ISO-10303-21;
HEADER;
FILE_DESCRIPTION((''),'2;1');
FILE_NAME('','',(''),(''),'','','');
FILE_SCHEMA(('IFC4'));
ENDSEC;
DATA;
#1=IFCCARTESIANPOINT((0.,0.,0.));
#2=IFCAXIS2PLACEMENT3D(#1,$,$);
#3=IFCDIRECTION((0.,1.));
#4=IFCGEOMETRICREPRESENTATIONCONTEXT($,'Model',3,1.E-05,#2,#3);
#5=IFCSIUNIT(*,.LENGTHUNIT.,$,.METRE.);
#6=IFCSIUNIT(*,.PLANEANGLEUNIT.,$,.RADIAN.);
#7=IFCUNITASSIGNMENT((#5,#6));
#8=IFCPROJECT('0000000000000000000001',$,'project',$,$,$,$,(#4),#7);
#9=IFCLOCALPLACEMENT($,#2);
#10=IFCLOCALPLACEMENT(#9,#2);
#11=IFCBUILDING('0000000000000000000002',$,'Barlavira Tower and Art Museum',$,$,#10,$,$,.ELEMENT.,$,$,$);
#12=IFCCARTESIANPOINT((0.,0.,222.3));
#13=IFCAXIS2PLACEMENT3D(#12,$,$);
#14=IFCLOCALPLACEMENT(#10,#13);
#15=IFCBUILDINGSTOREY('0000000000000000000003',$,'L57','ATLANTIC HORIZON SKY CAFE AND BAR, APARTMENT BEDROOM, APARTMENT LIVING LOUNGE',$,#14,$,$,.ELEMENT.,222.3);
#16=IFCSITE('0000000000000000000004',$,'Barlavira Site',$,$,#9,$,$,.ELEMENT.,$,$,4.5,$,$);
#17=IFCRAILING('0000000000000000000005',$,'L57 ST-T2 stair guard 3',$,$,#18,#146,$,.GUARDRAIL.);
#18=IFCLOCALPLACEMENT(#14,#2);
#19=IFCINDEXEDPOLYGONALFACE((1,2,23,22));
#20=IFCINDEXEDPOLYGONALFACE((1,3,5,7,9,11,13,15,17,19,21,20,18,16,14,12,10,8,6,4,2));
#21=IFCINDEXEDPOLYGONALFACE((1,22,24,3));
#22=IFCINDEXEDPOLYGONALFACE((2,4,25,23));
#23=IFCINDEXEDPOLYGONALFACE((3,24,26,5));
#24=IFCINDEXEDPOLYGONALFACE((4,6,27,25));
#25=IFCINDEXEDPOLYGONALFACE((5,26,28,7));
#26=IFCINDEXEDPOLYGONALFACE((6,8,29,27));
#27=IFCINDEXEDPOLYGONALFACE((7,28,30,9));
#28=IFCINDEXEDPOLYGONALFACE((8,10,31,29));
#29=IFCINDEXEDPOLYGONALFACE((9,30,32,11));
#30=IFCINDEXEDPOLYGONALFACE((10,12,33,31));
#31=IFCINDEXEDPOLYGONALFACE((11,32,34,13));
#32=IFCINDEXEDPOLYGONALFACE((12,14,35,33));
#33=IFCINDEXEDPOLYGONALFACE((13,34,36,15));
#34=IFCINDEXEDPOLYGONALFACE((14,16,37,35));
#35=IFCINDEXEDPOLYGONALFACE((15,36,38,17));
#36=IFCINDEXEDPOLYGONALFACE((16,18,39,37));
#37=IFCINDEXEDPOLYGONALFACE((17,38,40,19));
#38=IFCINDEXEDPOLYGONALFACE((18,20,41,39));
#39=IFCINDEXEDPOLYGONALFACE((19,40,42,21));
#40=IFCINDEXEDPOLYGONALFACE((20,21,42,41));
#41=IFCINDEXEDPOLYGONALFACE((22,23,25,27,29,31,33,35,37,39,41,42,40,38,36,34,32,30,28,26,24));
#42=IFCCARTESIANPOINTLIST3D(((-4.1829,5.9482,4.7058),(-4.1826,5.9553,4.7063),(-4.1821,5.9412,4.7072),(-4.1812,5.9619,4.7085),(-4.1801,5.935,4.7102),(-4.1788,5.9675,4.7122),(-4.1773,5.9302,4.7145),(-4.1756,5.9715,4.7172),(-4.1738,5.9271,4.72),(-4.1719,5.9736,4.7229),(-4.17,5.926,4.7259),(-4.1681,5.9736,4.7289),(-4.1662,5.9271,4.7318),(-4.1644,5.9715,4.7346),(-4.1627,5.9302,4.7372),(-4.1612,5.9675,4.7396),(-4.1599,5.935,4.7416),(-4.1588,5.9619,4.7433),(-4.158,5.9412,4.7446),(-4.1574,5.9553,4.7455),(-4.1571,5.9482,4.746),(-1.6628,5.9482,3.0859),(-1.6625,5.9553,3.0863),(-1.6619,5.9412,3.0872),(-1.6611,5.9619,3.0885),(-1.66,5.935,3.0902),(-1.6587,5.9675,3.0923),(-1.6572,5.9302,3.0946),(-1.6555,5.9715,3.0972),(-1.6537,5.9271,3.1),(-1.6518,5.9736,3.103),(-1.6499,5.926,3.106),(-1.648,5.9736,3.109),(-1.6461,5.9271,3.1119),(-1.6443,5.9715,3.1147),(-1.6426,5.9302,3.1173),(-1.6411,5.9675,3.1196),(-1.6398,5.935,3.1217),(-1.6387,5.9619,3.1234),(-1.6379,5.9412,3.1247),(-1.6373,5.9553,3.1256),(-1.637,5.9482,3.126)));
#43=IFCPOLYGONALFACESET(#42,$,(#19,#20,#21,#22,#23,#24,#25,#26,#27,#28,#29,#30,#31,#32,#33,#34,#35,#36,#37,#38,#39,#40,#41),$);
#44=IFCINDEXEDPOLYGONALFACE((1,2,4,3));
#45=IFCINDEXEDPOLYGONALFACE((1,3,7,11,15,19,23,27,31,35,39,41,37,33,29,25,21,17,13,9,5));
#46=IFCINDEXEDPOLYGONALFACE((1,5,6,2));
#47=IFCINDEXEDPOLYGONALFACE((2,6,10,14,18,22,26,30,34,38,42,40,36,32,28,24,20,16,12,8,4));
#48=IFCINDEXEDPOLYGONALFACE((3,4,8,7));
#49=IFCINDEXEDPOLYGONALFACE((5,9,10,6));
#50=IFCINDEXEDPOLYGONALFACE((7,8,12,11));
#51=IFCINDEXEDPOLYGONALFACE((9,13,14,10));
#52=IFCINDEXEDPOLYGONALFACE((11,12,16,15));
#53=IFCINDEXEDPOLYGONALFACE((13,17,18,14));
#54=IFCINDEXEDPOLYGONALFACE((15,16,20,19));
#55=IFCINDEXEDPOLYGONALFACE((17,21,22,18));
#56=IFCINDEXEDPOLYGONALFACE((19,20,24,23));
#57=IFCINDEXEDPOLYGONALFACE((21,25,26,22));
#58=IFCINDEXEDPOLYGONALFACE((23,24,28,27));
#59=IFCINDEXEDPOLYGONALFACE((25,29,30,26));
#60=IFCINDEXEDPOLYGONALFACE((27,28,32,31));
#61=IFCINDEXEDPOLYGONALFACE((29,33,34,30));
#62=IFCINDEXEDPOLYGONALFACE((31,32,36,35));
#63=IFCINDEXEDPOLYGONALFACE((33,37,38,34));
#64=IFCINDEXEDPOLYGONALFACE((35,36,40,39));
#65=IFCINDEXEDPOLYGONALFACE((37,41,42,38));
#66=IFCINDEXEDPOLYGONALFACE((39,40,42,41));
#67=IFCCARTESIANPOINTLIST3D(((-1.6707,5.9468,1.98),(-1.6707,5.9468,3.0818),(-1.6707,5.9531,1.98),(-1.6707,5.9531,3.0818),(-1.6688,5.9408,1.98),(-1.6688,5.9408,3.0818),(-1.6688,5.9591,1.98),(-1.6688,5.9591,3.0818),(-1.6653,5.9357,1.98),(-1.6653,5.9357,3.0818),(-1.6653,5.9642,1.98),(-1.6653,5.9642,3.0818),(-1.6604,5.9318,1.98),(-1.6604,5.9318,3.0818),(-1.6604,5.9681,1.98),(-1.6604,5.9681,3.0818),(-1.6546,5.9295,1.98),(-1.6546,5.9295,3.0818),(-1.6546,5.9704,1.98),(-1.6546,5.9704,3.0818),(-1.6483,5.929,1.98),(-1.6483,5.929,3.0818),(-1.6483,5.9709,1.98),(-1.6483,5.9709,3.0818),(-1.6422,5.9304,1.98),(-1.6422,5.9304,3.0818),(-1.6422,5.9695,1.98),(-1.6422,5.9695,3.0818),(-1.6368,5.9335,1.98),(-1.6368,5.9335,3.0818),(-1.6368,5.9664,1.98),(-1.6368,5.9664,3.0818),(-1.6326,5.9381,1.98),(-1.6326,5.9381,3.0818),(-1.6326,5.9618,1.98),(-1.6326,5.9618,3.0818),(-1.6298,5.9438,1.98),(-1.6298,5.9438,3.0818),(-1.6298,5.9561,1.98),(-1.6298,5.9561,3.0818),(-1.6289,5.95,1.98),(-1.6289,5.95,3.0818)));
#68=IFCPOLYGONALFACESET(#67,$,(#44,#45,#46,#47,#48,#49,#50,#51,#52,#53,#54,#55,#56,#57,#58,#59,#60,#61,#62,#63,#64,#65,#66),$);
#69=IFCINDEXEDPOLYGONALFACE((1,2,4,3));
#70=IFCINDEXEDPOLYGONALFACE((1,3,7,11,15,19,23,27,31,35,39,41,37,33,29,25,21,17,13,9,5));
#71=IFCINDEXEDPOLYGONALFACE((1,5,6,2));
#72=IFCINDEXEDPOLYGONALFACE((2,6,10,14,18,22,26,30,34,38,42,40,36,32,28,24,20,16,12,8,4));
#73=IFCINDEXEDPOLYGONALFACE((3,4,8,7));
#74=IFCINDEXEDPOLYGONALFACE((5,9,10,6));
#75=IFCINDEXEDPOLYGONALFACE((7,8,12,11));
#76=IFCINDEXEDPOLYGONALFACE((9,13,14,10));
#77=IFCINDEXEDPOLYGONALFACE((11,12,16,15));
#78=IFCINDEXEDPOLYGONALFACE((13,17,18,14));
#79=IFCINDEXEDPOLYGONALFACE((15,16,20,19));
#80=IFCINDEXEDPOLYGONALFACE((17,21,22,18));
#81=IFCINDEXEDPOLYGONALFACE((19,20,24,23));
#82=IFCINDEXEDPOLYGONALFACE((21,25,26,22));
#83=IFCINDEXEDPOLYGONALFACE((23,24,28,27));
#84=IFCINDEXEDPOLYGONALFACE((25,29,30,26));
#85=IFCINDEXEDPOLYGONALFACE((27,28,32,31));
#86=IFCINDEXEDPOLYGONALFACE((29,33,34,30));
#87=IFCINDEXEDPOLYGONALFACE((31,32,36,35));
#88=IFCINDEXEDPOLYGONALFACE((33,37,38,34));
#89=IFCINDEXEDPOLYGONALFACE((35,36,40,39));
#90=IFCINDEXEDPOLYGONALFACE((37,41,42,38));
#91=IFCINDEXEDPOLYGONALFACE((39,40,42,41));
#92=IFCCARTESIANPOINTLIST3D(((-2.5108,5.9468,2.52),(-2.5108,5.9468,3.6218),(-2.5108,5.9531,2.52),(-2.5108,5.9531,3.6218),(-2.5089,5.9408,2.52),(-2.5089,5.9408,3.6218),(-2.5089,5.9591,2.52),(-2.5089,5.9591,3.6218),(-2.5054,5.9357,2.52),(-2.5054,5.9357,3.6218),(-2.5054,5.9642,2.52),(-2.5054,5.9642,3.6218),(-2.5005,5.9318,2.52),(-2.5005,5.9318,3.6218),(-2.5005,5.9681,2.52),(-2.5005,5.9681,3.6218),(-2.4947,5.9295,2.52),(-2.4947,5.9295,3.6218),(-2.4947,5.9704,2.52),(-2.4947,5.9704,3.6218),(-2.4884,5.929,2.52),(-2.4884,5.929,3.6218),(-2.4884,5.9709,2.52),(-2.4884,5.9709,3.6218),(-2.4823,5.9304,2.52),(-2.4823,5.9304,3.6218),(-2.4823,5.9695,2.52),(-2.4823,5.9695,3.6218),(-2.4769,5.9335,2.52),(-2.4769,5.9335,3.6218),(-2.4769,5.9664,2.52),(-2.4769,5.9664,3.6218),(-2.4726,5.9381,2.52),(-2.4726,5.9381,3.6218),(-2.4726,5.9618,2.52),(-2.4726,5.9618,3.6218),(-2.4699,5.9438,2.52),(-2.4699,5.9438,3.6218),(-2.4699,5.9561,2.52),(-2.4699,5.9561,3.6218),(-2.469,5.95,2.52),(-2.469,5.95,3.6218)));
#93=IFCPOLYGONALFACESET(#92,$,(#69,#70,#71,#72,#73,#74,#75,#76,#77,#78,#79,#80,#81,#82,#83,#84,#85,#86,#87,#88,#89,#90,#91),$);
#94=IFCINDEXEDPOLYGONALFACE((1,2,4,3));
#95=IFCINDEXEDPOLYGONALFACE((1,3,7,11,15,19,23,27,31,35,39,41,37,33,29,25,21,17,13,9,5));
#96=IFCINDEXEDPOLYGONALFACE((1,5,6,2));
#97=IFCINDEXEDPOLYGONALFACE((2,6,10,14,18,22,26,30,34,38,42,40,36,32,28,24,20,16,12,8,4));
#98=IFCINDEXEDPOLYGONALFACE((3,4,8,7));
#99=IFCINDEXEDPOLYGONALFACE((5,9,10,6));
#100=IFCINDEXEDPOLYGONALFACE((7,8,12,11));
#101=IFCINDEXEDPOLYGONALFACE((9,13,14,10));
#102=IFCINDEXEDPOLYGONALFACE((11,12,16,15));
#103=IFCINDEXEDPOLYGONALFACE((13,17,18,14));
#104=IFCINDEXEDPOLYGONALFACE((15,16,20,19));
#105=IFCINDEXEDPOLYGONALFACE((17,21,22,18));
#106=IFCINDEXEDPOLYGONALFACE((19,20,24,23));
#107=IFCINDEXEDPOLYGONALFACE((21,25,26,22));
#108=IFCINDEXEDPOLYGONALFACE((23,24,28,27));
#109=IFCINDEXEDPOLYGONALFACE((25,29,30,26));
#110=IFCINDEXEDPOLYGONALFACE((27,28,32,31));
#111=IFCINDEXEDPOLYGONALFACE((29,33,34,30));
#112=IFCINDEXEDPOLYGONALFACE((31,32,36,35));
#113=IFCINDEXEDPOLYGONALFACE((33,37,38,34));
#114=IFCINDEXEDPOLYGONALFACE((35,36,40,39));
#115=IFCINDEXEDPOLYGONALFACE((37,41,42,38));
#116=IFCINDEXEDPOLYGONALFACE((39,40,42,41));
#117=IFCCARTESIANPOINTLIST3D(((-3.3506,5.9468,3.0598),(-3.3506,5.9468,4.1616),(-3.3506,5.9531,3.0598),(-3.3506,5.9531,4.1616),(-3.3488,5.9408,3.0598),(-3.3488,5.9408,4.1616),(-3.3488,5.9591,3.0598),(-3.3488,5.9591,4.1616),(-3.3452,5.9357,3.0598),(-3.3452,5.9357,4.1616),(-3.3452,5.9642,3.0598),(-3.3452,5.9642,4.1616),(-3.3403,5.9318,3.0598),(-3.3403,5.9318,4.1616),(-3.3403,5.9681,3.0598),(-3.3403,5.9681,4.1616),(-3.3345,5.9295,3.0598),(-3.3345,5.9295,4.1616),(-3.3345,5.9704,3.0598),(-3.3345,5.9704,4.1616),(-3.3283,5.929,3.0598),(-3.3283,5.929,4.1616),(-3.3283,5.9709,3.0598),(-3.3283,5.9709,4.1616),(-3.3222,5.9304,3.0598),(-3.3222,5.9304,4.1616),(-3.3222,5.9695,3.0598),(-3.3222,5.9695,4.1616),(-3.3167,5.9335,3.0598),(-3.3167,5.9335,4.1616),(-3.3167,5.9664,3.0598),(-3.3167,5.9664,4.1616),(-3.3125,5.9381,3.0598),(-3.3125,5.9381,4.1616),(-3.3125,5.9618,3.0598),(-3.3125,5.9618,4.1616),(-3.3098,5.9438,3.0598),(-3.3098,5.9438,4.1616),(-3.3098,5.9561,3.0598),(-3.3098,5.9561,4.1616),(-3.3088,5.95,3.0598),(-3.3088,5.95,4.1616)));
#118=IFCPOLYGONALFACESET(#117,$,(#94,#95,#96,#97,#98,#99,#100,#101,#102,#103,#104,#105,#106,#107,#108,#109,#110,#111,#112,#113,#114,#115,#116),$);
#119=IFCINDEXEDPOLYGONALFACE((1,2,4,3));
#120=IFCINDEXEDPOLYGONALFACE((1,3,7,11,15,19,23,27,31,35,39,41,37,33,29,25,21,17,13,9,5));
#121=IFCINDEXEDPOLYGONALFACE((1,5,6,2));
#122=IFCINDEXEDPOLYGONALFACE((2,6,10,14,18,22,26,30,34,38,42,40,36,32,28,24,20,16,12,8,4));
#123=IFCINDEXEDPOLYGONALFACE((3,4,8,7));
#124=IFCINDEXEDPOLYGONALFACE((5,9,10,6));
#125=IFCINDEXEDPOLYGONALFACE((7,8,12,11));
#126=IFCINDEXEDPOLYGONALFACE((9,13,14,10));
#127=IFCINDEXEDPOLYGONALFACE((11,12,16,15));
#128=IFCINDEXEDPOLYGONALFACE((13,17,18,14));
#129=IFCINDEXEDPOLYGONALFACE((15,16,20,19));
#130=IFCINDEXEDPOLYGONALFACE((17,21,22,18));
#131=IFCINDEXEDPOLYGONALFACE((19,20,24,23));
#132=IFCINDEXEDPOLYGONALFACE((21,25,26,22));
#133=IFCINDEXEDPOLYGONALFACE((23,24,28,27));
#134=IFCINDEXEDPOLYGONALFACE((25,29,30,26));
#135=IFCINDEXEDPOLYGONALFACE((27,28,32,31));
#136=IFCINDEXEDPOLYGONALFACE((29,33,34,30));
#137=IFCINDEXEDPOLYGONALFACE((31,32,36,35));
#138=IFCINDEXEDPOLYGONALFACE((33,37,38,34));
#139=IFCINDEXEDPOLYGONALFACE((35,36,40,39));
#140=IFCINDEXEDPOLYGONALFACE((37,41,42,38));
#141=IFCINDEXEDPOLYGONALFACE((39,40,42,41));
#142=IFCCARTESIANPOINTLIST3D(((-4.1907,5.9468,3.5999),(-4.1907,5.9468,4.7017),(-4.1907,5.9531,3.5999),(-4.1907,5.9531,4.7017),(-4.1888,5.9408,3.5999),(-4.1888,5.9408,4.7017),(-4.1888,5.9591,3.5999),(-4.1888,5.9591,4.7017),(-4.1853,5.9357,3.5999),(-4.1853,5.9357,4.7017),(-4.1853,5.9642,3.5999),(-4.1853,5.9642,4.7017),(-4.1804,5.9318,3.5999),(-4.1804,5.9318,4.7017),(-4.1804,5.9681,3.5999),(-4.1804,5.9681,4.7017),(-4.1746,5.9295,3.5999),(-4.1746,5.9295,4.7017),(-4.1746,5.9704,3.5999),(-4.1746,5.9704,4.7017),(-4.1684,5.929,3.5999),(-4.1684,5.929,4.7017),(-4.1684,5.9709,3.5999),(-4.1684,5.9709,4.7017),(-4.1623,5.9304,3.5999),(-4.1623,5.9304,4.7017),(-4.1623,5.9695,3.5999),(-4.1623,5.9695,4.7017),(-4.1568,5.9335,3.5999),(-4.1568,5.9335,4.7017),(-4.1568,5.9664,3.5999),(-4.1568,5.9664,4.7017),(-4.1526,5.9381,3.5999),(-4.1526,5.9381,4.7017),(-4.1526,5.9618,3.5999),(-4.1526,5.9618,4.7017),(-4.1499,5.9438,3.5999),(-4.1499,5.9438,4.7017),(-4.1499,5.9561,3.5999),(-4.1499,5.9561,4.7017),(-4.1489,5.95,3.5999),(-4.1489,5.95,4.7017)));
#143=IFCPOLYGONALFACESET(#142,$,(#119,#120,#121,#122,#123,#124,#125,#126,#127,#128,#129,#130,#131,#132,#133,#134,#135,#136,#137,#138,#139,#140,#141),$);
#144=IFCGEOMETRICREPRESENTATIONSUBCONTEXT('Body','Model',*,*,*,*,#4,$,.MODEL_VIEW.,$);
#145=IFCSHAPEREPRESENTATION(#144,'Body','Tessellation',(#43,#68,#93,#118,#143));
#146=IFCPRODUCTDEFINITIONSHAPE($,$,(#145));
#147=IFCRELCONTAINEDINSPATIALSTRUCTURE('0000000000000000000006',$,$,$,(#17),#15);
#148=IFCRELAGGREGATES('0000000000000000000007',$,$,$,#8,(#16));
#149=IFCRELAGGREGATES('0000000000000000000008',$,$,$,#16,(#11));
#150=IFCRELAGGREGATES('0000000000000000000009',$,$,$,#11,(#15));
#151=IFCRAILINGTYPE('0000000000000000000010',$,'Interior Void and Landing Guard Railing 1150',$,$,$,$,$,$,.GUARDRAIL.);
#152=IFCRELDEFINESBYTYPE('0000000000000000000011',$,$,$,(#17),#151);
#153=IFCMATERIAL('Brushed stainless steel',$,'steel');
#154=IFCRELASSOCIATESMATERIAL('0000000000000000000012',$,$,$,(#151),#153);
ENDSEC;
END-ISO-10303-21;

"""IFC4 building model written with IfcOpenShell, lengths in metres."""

from ifc_helpers import new_model, si_unit, direction, frame, origin, origin_2d, place, context, subcontext, project, spatial, circle, extrude, material, type_object, element, save


model = new_model("IFC4")

# Units and contexts
model_context = context("Model", 3, precision=1e-05, world=origin(), true_north=direction((0.0, 1.0)))
body_context = subcontext(model_context, "Body", "Model", "MODEL_VIEW")
ifc_project = project(units=[si_unit("LENGTHUNIT", "METRE"), si_unit("PLANEANGLEUNIT", "RADIAN")], contexts=[model_context])

# Site, building, storey
site_placement = place(None, origin())
site = spatial("IfcSite", under=ifc_project, at=site_placement, Name="Barlavira Site", CompositionType="ELEMENT", RefElevation=4.5)
building_placement = place(site_placement, origin())
building = spatial("IfcBuilding", under=site, at=building_placement, Name="Barlavira Tower and Art Museum", CompositionType="ELEMENT")
storey_placement = place(building_placement, frame((0.0, 0.0, 222.3)))
storey = spatial("IfcBuildingStorey", under=building, at=storey_placement, Name="L57", Description="ATLANTIC HORIZON SKY CAFE AND BAR, APARTMENT BEDROOM, APARTMENT LIVING LOUNGE", CompositionType="ELEMENT", Elevation=222.3)

# Shared definitions
ifc_material_1 = material(Name="Brushed stainless steel", Category="steel")

# Railing
railing_type_1 = type_object("IfcRailingType", Name="Interior Void and Landing Guard Railing 1150", PredefinedType="GUARDRAIL", material=ifc_material_1)
railing_1_placement = place(storey_placement, frame((-1.6499, 5.95, 1.98)))
element("IfcRailing", 1, at=railing_1_placement, inside=storey, type_object=railing_type_1, Name="L57 ST-T2 stair guard 3", PredefinedType="GUARDRAIL", context=body_context, shape_type="SweptSolid", body=[
    extrude(circle(Radius=0.0239, at=origin_2d()), frame((0.0, 0.0, 1.126), z_axis=(-0.8412, 0.0, 0.540725), x_axis=(0.0, -1.0, 0.0)), (0.0, 0.0, 1.0), 2.9958),
    extrude(circle(Radius=0.021, at=origin_2d()), origin(), (0.0, 0.0, 1.0), 1.1018),
    extrude(circle(Radius=0.021, at=origin_2d()), frame((-0.8401, 0.0, 0.54)), (0.0, 0.0, 1.0), 1.1018),
    extrude(circle(Radius=0.021, at=origin_2d()), frame((-1.6799, 0.0, 1.0798)), (0.0, 0.0, 1.0), 1.1018),
    extrude(circle(Radius=0.021, at=origin_2d()), frame((-2.52, 0.0, 1.6199)), (0.0, 0.0, 1.0), 1.1018),
])

save(model, "model.ifc")
